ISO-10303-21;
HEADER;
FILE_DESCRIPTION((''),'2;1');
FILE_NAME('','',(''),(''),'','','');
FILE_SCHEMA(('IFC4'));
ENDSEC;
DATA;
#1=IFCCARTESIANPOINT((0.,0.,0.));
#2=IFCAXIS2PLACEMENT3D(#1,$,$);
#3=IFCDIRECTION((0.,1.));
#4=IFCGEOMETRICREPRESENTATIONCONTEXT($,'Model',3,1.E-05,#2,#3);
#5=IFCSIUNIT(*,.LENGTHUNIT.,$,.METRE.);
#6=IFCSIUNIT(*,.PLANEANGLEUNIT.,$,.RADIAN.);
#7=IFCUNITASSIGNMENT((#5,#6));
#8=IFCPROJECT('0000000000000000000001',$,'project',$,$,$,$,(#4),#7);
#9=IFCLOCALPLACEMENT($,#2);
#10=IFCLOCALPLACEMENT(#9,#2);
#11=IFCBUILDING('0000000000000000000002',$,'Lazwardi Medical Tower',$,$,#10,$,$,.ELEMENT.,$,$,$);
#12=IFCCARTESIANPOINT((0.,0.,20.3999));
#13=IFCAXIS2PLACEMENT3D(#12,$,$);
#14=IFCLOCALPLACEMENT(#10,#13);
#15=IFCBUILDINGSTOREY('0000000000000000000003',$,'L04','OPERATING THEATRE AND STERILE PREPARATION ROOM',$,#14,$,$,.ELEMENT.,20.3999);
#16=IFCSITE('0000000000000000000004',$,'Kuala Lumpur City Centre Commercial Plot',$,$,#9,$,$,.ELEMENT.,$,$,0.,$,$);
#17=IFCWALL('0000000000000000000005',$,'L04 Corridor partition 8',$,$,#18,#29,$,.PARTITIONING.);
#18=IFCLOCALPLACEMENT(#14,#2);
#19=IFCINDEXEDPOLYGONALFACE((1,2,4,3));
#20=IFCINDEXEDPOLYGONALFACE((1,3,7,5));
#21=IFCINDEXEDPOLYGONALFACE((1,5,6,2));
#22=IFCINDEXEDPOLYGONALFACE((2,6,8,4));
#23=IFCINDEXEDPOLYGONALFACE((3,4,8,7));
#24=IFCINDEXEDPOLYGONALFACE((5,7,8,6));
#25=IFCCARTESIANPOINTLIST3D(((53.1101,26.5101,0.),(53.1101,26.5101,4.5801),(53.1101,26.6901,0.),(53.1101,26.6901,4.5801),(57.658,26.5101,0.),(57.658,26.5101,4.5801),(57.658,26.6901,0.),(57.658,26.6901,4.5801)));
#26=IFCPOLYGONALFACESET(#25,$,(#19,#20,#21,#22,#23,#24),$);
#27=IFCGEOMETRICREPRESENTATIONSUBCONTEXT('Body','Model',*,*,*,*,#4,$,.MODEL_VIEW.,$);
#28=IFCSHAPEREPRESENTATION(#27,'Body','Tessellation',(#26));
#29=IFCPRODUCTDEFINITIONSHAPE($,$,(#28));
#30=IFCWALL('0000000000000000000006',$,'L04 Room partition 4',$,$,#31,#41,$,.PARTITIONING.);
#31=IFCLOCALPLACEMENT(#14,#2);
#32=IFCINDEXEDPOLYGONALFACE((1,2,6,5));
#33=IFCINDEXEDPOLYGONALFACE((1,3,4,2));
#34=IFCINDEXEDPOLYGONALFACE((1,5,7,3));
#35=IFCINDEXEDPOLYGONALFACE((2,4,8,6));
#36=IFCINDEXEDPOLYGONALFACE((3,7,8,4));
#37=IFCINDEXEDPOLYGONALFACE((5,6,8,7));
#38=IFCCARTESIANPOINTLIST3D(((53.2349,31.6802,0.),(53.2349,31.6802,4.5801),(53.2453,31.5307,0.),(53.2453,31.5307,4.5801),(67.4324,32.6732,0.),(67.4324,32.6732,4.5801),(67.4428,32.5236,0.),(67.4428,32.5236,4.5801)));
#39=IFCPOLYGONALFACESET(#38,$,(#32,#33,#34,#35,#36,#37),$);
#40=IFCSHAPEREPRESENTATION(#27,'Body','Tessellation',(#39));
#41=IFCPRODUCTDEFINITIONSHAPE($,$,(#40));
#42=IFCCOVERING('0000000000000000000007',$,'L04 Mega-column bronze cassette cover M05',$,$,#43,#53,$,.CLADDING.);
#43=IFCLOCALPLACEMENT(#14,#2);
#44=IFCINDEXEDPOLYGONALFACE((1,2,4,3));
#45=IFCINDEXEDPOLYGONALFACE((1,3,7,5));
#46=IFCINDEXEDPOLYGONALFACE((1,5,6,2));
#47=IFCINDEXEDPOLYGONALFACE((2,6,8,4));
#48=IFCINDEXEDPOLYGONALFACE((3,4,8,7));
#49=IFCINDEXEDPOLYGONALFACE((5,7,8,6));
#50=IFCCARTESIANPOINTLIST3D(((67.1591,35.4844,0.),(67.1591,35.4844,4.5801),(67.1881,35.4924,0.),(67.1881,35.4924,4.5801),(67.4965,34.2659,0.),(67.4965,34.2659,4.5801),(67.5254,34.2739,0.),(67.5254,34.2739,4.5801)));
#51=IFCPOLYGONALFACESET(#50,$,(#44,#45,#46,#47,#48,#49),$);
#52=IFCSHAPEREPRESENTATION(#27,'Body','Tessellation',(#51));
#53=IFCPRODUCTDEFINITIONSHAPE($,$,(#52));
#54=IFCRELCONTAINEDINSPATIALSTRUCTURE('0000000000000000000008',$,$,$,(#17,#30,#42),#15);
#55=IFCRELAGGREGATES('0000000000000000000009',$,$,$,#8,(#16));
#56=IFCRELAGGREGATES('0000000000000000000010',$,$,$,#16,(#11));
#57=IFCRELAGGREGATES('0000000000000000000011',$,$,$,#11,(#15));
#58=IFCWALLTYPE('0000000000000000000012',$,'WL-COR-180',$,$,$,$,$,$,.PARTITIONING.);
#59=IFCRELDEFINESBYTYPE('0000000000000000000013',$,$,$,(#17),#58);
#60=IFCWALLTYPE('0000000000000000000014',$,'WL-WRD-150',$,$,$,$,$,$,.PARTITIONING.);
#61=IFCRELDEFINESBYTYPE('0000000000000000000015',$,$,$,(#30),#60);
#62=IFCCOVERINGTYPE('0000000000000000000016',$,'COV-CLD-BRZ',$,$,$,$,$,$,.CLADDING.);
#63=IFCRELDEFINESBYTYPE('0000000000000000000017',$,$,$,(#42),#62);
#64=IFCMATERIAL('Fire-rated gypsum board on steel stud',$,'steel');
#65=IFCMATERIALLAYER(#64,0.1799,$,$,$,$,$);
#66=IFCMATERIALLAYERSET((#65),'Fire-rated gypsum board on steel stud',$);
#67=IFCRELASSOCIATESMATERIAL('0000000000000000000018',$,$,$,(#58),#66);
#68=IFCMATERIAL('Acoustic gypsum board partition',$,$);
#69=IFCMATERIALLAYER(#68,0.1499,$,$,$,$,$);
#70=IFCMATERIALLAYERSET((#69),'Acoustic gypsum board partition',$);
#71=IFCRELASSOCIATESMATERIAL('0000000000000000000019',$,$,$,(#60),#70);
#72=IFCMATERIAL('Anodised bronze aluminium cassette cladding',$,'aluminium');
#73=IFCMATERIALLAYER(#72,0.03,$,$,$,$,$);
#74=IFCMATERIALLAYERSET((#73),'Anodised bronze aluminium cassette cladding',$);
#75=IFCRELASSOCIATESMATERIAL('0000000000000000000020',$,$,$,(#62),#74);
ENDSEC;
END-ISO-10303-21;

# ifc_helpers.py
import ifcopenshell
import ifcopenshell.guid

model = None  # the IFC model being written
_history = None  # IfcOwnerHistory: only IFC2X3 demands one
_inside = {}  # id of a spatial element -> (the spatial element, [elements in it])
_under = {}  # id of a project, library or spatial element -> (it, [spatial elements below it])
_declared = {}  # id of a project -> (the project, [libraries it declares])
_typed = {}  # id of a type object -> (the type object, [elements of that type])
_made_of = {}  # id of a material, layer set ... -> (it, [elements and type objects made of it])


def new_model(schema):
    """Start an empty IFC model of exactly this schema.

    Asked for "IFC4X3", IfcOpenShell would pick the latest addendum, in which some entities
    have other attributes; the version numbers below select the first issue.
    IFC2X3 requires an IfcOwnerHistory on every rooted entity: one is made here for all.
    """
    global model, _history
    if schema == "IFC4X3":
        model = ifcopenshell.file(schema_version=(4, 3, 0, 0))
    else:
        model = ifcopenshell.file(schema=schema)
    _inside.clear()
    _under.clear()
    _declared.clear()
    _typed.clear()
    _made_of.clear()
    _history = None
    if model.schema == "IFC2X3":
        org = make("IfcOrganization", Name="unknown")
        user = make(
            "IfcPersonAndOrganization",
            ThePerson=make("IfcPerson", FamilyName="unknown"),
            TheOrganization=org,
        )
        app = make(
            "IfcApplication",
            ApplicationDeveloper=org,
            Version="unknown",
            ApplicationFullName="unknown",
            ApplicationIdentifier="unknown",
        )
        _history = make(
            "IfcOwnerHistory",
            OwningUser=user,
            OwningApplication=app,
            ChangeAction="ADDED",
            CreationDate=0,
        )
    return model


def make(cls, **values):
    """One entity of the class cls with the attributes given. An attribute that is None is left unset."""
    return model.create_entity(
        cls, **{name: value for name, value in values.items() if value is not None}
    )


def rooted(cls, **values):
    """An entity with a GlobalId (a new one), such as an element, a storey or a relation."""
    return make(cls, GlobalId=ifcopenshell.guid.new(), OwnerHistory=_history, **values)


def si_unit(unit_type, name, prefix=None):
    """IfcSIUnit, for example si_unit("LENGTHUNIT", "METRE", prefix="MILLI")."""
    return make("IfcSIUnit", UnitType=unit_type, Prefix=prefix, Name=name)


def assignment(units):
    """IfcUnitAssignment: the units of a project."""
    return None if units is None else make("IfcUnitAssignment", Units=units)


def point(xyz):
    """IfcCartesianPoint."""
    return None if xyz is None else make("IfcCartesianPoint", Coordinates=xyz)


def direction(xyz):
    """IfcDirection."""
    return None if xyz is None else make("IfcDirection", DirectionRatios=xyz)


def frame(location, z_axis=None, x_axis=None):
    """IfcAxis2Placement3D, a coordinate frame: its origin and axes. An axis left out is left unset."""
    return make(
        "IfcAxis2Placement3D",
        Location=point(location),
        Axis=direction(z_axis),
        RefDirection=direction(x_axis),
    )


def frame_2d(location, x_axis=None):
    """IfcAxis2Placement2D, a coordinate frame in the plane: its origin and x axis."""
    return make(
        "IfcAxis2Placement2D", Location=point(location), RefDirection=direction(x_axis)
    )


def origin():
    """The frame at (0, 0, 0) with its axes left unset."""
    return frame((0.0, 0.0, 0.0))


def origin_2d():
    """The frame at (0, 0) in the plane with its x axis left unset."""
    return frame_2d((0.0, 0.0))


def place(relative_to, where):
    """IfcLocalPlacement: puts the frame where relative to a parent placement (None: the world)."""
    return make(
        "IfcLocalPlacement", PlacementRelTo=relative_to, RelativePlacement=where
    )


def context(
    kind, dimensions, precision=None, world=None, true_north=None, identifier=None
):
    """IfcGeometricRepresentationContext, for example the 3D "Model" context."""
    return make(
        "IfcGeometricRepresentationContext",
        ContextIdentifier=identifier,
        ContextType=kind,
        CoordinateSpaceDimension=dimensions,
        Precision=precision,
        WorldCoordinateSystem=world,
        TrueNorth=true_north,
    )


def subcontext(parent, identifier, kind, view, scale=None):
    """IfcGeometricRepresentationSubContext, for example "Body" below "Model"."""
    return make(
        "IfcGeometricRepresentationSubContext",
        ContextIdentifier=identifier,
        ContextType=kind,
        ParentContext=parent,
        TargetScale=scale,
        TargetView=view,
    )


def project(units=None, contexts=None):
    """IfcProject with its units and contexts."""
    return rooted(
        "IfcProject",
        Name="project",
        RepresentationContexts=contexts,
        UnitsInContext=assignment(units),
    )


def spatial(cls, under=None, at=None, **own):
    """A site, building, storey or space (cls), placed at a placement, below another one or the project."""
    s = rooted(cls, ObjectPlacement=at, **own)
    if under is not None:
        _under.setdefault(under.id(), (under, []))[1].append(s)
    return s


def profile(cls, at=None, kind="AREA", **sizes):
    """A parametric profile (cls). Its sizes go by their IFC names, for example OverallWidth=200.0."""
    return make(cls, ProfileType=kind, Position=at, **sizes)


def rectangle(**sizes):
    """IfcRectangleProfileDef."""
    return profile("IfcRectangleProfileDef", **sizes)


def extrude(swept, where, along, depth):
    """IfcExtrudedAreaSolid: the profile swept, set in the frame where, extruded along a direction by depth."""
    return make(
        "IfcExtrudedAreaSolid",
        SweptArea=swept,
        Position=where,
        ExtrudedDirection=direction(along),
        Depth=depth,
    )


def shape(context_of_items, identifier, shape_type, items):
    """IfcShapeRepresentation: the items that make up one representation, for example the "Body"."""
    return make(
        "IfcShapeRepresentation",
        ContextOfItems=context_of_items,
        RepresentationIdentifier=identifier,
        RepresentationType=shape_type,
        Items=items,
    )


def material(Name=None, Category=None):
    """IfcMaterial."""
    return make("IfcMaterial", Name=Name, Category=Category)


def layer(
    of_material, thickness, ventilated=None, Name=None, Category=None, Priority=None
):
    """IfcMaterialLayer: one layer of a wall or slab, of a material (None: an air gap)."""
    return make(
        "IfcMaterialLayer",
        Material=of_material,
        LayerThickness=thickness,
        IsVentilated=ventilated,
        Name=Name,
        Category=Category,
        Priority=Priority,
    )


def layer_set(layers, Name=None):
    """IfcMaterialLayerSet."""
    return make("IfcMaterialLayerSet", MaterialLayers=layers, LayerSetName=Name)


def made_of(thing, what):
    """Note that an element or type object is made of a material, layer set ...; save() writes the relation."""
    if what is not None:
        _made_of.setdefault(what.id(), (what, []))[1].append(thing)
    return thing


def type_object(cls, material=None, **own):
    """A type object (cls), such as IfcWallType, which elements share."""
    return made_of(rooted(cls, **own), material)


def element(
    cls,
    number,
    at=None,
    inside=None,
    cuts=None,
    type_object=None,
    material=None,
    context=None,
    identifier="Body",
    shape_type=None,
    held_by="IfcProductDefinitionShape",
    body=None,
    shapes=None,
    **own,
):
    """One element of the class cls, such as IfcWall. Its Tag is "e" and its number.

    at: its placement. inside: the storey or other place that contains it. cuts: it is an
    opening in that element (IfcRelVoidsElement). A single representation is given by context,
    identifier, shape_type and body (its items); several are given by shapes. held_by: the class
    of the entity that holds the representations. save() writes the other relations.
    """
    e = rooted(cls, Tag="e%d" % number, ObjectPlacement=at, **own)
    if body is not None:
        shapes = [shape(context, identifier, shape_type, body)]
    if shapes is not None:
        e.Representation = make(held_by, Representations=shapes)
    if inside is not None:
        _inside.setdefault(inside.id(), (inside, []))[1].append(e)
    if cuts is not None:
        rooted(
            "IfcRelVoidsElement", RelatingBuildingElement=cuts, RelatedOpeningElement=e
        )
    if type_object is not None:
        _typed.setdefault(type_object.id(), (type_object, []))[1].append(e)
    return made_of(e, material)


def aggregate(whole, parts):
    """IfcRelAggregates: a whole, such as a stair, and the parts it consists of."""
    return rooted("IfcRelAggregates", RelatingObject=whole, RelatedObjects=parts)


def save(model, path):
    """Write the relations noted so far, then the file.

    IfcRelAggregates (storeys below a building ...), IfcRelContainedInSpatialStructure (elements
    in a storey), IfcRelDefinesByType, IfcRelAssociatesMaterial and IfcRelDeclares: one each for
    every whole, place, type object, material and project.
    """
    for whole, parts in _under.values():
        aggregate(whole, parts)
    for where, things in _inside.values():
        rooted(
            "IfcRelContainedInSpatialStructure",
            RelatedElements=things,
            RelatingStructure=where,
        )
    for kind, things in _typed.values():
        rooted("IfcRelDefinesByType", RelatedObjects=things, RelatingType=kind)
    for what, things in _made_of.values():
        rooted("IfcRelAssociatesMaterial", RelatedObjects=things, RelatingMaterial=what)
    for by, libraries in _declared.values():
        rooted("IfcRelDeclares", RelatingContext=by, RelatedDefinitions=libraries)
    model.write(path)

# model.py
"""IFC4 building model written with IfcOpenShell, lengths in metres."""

from ifc_helpers import new_model, si_unit, direction, frame, frame_2d, origin, origin_2d, place, context, subcontext, project, spatial, rectangle, extrude, material, layer, layer_set, type_object, element, save


model = new_model("IFC4")

# Units and contexts
model_context = context("Model", 3, precision=1e-05, world=origin(), true_north=direction((0.0, 1.0)))
body_context = subcontext(model_context, "Body", "Model", "MODEL_VIEW")
ifc_project = project(units=[si_unit("LENGTHUNIT", "METRE"), si_unit("PLANEANGLEUNIT", "RADIAN")], contexts=[model_context])

# Site, building, storey
site_placement = place(None, origin())
site = spatial("IfcSite", under=ifc_project, at=site_placement, Name="Kuala Lumpur City Centre Commercial Plot", CompositionType="ELEMENT", RefElevation=0.0)
building_placement = place(site_placement, origin())
building = spatial("IfcBuilding", under=site, at=building_placement, Name="Lazwardi Medical Tower", CompositionType="ELEMENT")
storey_placement = place(building_placement, frame((0.0, 0.0, 20.3999)))
storey = spatial("IfcBuildingStorey", under=building, at=storey_placement, Name="L04", Description="OPERATING THEATRE AND STERILE PREPARATION ROOM", CompositionType="ELEMENT", Elevation=20.3999)

# Shared definitions
ifc_material_1 = material(Name="Fire-rated gypsum board on steel stud", Category="steel")
ifc_layer_1 = layer(ifc_material_1, 0.1799)
ifc_layer_set_1 = layer_set([ifc_layer_1], Name="Fire-rated gypsum board on steel stud")
wall_type_1 = type_object("IfcWallType", Name="WL-COR-180", PredefinedType="PARTITIONING", material=ifc_layer_set_1)

# Walls
wall_1_placement = place(storey_placement, frame((57.658, 26.6001, 0.0), z_axis=(0.0, 0.0, 1.0), x_axis=(-1.0, 0.0, 0.0)))
element("IfcWall", 1, at=wall_1_placement, inside=storey, type_object=wall_type_1, Name="L04 Corridor partition 8", PredefinedType="PARTITIONING", context=body_context, shape_type="SweptSolid", body=[
    extrude(rectangle(XDim=4.5479, YDim=0.1799, at=frame_2d((2.2739, 0.0))), origin(), (0.0, 0.0, 1.0), 4.5801),
])
ifc_material_2 = material(Name="Acoustic gypsum board partition")
ifc_layer_2 = layer(ifc_material_2, 0.1499)
ifc_layer_set_2 = layer_set([ifc_layer_2], Name="Acoustic gypsum board partition")
wall_type_2 = type_object("IfcWallType", Name="WL-WRD-150", PredefinedType="PARTITIONING", material=ifc_layer_set_2)
wall_2_placement = place(storey_placement, frame((53.24, 31.6055, 0.0), z_axis=(0.0, 0.0, 1.0), x_axis=(0.997563, 0.069766, 0.0)))
element("IfcWall", 2, at=wall_2_placement, inside=storey, type_object=wall_type_2, Name="L04 Room partition 4", PredefinedType="PARTITIONING", context=body_context, shape_type="SweptSolid", body=[
    extrude(rectangle(XDim=14.2322, YDim=0.1499, at=frame_2d((7.1162, 0.0))), origin(), (0.0, 0.0, 1.0), 4.5801),
])

# Covering
ifc_material_3 = material(Name="Anodised bronze aluminium cassette cladding", Category="aluminium")
ifc_layer_3 = layer(ifc_material_3, 0.03)
ifc_layer_set_3 = layer_set([ifc_layer_3], Name="Anodised bronze aluminium cassette cladding")
covering_type = type_object("IfcCoveringType", Name="COV-CLD-BRZ", PredefinedType="CLADDING", material=ifc_layer_set_3)
covering_placement = place(storey_placement, frame((67.3423, 34.8792, 0.0), z_axis=(0.0, 0.0, 1.0), x_axis=(-0.266836, 0.963742, 0.0)))
element("IfcCovering", 3, at=covering_placement, inside=storey, type_object=covering_type, Name="L04 Mega-column bronze cassette cover M05", PredefinedType="CLADDING", context=body_context, shape_type="SweptSolid", body=[
    extrude(rectangle(XDim=1.2644, YDim=0.03, at=origin_2d()), origin(), (0.0, 0.0, 1.0), 4.5801),
])

save(model, "model.ifc")
